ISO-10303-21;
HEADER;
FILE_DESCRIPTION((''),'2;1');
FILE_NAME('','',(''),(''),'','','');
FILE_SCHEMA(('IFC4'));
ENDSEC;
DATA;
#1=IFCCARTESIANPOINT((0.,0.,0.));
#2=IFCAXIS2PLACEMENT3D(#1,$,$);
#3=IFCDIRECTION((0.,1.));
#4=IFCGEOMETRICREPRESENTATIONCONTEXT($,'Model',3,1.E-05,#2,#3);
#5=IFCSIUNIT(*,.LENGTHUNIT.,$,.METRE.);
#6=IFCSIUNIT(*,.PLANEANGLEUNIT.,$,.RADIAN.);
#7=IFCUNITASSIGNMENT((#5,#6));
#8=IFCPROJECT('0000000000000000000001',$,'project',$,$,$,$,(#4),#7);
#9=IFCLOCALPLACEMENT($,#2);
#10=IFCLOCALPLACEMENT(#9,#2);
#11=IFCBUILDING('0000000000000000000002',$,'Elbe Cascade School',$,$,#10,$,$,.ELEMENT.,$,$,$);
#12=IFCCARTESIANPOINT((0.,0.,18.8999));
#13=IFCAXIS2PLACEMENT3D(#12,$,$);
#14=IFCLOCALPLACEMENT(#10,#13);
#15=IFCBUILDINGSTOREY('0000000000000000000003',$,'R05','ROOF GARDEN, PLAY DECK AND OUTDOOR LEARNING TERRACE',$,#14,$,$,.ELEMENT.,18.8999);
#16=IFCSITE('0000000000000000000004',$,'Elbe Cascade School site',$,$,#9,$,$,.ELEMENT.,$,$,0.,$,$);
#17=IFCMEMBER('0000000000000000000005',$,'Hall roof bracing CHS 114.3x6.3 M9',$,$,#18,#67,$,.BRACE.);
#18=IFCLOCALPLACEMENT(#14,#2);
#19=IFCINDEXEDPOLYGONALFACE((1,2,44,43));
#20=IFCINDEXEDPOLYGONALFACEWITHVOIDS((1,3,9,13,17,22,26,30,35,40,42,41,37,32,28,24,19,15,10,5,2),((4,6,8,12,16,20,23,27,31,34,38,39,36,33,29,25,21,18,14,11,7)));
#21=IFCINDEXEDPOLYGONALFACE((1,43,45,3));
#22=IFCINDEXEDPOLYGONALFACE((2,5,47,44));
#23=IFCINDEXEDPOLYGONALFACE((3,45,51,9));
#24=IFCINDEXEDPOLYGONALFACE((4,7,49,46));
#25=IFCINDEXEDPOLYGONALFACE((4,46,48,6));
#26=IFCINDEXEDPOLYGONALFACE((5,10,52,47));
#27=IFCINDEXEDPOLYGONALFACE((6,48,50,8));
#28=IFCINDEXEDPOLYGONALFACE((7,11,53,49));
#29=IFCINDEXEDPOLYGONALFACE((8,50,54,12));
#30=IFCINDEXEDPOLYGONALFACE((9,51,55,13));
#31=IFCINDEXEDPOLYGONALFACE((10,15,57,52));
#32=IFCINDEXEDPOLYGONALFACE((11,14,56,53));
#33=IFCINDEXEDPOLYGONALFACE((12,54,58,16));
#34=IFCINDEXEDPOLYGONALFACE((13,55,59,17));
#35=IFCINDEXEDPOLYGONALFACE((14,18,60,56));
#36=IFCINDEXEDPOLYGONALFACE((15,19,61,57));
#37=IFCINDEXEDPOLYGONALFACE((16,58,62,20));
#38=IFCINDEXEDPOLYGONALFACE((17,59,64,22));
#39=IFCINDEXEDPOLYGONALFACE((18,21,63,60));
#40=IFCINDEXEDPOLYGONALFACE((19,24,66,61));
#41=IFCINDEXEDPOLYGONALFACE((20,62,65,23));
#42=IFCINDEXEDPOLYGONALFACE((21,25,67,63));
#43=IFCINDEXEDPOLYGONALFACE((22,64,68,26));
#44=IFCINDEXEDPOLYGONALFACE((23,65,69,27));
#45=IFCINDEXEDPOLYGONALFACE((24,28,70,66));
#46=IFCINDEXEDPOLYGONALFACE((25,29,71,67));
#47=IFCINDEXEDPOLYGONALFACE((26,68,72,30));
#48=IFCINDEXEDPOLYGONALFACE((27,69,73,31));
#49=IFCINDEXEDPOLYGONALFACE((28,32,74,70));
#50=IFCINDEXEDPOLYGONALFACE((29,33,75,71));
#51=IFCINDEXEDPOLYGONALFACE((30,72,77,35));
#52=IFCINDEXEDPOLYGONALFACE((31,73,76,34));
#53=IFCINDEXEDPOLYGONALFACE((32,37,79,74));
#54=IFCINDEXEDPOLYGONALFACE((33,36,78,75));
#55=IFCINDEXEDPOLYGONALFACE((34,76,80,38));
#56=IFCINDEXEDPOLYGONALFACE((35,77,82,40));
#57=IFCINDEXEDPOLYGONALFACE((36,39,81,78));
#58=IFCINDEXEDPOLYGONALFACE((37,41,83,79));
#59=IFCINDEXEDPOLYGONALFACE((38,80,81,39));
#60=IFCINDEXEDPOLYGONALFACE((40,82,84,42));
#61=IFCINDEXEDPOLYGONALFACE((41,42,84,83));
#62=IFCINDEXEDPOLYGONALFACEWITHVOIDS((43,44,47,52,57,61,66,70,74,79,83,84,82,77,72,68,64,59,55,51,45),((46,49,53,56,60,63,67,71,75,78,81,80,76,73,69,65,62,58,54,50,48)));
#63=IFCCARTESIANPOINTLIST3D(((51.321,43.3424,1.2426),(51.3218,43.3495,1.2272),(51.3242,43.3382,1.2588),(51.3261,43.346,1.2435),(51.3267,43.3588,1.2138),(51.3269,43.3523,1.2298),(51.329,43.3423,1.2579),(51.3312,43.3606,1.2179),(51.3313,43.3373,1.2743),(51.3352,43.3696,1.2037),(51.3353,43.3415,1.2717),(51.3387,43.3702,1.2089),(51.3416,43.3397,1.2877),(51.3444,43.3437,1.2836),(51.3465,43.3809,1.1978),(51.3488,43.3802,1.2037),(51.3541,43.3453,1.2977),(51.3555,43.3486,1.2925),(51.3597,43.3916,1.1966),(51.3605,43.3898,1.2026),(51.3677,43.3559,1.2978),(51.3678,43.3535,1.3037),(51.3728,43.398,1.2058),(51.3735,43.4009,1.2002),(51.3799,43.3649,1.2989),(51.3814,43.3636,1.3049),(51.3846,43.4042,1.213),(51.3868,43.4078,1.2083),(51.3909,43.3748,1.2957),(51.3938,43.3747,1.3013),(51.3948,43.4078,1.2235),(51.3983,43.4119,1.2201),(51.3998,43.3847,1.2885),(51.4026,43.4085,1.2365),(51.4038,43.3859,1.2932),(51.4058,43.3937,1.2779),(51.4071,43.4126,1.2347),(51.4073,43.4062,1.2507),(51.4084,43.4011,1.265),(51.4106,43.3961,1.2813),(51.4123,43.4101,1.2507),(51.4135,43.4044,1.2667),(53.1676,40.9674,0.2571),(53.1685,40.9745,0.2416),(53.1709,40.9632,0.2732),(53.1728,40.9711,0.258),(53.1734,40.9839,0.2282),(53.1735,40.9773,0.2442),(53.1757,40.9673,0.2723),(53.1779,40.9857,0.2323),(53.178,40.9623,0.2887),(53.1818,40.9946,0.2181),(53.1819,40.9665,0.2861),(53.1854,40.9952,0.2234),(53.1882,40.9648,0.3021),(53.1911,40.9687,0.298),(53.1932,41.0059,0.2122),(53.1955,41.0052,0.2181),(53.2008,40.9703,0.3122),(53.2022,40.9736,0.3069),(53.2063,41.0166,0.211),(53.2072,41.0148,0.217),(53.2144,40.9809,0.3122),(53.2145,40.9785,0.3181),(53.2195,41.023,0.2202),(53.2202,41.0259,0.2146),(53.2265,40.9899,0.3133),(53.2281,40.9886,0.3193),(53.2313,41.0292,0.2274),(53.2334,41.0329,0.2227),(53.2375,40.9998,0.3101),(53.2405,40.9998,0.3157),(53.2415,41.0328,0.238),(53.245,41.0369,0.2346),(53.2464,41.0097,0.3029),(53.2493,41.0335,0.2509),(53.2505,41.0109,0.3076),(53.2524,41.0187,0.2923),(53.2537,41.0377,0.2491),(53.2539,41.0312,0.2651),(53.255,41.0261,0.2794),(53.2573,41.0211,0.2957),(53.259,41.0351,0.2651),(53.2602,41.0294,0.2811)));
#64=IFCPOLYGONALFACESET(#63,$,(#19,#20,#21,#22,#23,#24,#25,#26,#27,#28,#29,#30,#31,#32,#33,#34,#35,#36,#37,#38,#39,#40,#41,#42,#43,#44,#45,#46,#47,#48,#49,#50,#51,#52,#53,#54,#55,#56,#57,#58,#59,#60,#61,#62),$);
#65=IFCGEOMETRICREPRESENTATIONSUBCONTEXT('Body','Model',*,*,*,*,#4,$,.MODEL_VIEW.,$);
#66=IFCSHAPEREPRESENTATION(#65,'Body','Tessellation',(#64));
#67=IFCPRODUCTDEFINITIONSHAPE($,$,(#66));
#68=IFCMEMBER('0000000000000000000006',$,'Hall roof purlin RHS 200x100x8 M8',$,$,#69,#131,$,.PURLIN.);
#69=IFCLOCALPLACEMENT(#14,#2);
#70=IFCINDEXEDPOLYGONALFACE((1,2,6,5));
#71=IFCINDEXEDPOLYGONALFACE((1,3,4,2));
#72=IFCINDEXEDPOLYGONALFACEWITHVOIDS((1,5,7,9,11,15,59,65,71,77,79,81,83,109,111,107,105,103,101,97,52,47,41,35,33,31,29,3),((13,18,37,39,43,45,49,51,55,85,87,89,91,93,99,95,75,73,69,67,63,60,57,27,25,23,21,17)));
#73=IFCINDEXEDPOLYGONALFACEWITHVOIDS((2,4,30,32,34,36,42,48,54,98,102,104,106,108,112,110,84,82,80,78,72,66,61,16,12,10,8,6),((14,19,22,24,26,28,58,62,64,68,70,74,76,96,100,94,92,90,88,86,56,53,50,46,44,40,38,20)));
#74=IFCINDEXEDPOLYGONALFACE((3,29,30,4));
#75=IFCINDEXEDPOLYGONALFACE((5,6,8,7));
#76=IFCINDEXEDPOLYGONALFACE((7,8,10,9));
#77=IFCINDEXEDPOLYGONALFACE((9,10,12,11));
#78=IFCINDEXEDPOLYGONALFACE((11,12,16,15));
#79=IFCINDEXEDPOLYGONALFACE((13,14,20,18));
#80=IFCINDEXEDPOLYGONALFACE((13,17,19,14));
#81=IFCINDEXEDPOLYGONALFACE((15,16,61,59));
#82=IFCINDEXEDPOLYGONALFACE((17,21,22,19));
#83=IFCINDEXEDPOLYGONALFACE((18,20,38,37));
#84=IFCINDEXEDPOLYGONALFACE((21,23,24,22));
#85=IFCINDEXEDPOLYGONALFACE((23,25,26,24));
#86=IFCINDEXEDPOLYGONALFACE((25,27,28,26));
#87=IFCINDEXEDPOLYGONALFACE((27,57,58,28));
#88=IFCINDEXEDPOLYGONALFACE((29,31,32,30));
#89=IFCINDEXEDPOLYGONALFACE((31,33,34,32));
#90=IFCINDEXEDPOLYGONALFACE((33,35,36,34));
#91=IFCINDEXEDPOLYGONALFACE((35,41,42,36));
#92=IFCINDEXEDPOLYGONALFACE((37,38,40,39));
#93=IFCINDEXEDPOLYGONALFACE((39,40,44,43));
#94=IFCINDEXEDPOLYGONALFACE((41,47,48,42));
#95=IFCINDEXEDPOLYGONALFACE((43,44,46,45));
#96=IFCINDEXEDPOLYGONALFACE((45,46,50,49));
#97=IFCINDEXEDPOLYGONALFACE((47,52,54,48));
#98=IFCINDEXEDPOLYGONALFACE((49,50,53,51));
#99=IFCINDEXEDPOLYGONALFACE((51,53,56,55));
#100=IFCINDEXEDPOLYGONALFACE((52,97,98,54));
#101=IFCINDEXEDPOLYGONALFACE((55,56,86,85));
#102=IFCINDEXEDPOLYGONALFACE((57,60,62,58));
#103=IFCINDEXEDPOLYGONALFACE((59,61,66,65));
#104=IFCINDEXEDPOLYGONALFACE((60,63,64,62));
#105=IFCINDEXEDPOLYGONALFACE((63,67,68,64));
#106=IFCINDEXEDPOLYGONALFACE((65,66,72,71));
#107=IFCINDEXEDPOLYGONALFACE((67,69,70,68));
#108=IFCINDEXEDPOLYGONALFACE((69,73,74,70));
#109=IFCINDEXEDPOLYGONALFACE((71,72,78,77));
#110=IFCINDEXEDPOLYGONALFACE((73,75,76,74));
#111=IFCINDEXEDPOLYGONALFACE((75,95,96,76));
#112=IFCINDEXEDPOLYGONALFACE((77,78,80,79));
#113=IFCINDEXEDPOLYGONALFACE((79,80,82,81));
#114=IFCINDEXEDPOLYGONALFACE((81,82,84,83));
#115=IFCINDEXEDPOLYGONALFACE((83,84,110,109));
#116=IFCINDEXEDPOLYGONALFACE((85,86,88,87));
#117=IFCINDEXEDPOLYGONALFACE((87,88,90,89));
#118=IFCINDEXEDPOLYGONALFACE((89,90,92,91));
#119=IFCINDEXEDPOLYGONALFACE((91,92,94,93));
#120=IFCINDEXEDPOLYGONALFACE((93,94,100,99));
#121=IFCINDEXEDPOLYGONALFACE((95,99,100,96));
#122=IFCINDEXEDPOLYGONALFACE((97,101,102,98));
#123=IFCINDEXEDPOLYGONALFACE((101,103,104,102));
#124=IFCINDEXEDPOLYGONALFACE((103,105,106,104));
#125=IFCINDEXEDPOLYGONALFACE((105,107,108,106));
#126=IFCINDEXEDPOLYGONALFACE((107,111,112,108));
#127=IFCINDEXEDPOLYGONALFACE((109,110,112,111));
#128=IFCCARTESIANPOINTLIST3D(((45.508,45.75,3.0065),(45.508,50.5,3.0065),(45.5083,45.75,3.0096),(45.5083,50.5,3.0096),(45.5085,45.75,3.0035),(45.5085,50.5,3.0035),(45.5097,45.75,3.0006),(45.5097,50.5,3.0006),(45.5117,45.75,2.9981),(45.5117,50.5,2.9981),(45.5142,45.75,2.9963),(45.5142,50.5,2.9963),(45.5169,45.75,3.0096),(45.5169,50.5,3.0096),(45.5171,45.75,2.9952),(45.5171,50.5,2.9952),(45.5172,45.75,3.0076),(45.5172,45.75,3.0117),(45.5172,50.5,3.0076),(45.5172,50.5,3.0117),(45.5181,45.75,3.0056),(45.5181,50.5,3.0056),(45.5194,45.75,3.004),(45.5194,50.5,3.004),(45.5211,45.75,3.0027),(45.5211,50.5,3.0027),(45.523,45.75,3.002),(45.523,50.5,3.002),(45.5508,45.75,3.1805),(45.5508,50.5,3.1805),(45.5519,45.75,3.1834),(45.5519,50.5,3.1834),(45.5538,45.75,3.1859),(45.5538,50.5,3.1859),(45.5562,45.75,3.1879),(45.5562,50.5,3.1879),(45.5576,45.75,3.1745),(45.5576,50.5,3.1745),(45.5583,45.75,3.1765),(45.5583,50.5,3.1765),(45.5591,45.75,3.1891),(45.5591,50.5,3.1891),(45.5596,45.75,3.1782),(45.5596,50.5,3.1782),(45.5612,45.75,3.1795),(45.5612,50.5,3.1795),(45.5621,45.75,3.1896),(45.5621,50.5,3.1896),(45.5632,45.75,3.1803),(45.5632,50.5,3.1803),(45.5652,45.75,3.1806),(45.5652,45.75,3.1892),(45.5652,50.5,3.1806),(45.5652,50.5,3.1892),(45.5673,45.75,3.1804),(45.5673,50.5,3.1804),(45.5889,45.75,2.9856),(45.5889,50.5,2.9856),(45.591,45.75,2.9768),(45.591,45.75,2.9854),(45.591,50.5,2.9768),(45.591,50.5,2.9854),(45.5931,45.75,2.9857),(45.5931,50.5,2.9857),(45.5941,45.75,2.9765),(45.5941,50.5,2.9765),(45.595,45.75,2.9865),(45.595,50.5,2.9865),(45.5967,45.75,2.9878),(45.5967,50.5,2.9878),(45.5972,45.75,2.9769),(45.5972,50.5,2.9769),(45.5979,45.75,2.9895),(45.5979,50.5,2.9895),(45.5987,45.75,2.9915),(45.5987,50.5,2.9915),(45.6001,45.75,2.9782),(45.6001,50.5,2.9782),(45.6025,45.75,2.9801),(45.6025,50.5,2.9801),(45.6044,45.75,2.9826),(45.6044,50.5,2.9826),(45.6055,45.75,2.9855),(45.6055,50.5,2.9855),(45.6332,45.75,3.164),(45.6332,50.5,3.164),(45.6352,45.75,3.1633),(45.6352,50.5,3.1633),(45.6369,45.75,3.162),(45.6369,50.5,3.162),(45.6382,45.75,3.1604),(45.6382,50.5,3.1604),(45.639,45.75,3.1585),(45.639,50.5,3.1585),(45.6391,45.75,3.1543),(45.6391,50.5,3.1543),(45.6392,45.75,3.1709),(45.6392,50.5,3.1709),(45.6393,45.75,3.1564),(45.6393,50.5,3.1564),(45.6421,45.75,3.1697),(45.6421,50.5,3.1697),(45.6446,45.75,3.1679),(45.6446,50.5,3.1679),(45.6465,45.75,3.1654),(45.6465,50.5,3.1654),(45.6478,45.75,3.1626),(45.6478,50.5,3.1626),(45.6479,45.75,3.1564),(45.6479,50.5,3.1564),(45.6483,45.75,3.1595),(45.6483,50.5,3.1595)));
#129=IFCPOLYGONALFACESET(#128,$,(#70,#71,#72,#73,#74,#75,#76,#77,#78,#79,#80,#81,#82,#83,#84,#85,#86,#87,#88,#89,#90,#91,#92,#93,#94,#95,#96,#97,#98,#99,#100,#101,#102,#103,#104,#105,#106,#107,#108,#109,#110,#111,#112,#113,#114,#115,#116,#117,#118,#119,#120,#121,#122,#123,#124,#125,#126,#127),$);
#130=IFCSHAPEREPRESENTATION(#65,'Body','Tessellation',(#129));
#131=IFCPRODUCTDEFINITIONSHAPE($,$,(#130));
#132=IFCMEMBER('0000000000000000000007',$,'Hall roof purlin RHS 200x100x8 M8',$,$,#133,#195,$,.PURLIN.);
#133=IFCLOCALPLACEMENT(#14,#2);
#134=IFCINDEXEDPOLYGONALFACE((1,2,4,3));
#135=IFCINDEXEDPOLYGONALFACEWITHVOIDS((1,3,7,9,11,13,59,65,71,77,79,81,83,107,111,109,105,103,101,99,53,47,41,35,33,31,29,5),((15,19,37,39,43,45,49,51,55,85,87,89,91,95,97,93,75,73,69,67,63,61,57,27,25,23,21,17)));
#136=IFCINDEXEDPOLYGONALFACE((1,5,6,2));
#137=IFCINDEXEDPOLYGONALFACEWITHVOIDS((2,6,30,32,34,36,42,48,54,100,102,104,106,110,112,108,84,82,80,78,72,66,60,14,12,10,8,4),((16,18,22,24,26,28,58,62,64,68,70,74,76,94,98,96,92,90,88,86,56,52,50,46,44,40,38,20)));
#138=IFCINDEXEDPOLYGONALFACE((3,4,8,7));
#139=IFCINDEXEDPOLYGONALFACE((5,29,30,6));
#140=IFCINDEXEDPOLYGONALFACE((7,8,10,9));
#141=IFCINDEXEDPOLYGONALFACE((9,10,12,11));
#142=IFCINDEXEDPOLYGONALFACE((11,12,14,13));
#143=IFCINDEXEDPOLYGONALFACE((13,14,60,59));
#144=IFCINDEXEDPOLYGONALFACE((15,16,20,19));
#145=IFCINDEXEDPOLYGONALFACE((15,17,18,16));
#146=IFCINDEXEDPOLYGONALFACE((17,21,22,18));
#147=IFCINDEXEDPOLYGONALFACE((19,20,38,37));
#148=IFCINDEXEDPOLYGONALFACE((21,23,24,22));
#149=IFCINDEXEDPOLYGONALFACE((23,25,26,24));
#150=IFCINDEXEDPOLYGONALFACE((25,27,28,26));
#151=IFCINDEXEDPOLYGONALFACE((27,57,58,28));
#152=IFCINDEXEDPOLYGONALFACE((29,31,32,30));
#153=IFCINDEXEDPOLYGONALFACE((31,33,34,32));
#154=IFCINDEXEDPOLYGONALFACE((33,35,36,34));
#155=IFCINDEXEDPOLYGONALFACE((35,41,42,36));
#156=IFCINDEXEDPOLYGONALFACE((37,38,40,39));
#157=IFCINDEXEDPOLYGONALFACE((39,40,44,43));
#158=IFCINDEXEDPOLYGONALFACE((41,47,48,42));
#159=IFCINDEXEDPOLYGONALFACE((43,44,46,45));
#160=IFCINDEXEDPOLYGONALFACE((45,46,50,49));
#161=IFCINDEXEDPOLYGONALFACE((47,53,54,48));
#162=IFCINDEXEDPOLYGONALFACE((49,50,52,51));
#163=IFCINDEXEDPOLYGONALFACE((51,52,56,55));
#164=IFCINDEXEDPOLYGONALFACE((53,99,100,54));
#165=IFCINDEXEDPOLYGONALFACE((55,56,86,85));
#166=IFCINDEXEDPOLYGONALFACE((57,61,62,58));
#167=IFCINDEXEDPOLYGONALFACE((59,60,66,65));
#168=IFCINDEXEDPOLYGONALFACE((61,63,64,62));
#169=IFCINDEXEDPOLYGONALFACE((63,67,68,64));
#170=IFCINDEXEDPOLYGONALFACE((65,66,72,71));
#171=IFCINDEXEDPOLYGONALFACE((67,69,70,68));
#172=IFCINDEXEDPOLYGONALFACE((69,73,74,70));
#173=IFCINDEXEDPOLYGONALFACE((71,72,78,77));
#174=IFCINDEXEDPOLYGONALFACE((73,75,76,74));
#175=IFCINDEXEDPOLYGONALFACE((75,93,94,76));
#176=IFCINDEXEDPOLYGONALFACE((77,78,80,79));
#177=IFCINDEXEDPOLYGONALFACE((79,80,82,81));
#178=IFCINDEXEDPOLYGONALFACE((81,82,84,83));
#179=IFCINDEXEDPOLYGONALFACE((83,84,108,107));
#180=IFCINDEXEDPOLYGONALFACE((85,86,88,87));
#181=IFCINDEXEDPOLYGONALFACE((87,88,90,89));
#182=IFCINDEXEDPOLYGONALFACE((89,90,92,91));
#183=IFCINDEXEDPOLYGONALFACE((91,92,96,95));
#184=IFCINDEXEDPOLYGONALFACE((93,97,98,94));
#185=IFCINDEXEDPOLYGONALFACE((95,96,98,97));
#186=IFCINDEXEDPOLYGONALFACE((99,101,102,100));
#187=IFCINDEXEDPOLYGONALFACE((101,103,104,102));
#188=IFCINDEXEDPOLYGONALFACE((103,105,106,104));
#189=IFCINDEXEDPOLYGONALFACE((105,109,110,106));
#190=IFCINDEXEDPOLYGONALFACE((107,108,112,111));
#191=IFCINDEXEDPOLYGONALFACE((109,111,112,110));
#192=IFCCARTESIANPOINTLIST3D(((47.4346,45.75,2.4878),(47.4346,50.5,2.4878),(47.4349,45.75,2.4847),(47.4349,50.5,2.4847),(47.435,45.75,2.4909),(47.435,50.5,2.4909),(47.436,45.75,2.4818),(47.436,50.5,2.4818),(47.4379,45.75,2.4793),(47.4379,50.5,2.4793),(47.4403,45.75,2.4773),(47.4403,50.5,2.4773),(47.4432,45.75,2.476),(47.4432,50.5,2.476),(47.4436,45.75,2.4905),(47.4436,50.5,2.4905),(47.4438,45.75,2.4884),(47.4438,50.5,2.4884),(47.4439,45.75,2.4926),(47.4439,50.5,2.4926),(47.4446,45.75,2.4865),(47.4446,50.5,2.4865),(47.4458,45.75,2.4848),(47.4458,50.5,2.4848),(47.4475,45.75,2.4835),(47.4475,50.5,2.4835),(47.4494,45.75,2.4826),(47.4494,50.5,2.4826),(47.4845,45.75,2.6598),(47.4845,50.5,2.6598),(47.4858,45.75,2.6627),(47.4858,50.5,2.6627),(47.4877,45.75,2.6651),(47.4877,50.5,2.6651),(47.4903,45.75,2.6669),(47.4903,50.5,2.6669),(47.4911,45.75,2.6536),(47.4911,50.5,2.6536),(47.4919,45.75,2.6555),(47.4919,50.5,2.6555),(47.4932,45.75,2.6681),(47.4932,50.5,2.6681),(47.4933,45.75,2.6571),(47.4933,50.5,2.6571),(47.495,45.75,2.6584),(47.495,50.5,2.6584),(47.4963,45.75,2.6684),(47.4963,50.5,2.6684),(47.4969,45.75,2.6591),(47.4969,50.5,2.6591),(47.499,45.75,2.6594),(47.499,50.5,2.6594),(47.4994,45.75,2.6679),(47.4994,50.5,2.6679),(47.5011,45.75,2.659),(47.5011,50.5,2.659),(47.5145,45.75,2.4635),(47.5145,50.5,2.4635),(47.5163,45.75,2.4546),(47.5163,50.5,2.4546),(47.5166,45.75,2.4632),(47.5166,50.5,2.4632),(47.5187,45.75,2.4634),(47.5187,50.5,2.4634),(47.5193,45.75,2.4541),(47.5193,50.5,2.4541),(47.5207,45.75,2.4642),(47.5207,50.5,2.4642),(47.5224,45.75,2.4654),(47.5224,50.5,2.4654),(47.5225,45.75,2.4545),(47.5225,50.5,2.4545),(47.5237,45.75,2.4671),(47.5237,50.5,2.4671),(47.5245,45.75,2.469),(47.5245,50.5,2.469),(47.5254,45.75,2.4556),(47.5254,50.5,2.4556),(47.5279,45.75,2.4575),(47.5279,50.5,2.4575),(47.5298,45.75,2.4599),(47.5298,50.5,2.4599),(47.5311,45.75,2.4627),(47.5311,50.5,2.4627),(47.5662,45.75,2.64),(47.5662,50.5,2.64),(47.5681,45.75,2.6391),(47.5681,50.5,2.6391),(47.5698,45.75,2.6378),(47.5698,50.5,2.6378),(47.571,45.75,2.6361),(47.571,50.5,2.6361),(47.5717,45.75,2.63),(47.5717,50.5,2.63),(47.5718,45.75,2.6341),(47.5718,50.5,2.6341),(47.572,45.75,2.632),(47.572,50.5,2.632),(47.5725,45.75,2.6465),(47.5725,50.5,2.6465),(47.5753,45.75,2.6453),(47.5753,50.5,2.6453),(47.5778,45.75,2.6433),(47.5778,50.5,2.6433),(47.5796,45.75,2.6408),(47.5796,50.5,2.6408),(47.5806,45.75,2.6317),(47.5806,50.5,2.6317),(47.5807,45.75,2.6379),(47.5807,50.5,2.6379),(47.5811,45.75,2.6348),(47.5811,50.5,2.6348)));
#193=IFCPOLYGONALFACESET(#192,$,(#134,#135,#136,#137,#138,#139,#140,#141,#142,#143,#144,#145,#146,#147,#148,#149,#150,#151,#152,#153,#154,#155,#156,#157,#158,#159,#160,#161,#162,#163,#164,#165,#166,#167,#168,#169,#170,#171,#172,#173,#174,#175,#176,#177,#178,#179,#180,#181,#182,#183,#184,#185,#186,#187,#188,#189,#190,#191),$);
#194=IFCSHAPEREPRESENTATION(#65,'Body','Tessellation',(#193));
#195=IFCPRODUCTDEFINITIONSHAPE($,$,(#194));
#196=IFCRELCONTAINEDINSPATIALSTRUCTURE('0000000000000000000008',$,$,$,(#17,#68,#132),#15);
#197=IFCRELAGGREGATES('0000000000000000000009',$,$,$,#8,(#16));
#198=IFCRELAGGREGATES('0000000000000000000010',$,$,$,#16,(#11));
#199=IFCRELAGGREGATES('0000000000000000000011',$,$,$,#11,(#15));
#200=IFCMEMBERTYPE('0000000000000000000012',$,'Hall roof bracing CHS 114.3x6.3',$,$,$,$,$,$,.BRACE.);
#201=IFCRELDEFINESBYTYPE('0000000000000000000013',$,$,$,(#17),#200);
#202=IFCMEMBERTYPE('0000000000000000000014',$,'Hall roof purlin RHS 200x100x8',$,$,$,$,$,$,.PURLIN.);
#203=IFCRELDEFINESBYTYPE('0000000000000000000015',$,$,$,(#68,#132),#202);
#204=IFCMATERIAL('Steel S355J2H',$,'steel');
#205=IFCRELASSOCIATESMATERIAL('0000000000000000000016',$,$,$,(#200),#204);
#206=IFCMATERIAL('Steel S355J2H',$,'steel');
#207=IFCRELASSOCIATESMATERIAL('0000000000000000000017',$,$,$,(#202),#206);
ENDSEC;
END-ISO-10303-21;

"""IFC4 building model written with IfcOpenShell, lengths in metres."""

from ifc_helpers import new_model, si_unit, direction, frame, origin, origin_2d, place, context, subcontext, project, spatial, hollow_rectangle, hollow_circle, extrude, material, material_profile, profile_set, type_object, element, save


model = new_model("IFC4")

# Units and contexts
model_context = context("Model", 3, precision=1e-05, world=origin(), true_north=direction((0.0, 1.0)))
body_context = subcontext(model_context, "Body", "Model", "MODEL_VIEW")
ifc_project = project(units=[si_unit("LENGTHUNIT", "METRE"), si_unit("PLANEANGLEUNIT", "RADIAN")], contexts=[model_context])

# Site, building, storey
site_placement = place(None, origin())
site = spatial("IfcSite", under=ifc_project, at=site_placement, Name="Elbe Cascade School site", CompositionType="ELEMENT", RefElevation=0.0)
building_placement = place(site_placement, origin())
building = spatial("IfcBuilding", under=site, at=building_placement, Name="Elbe Cascade School", CompositionType="ELEMENT")
storey_placement = place(building_placement, frame((0.0, 0.0, 18.8999)))
storey = spatial("IfcBuildingStorey", under=building, at=storey_placement, Name="R05", Description="ROOF GARDEN, PLAY DECK AND OUTDOOR LEARNING TERRACE", CompositionType="ELEMENT", Elevation=18.8999)

# Members
ifc_material_1 = material(Name="Steel S355J2H", Category="steel")
ifc_material_profile_1 = material_profile(ifc_material_1, hollow_circle(Radius=0.0571, WallThickness=0.0063, at=origin_2d()), Name="CHS 114.3x6.3")
ifc_profile_set_1 = profile_set([ifc_material_profile_1], Name="Steel S355J2H")
member_type_1 = type_object("IfcMemberType", Name="Hall roof bracing CHS 114.3x6.3", PredefinedType="BRACE", material=ifc_profile_set_1)
member_1_placement = place(storey_placement, frame((51.3672, 43.375, 1.2507), z_axis=(0.583323, -0.750207, -0.311327), x_axis=(0.78944, 0.613828, 0.0)))
element("IfcMember", 1, at=member_1_placement, inside=storey, type_object=member_type_1, Name="Hall roof bracing CHS 114.3x6.3 M9", PredefinedType="BRACE", context=body_context, shape_type="SweptSolid", body=[
    extrude(hollow_circle(Radius=0.0571, WallThickness=0.0063, at=origin_2d()), origin(), (0.0, 0.0, 1.0), 3.1658),
])
ifc_material_2 = material(Name="Steel S355J2H", Category="steel")
ifc_material_profile_2 = material_profile(ifc_material_2, hollow_rectangle(XDim=0.1001, YDim=0.2, WallThickness=0.0081, InnerFilletRadius=0.0081, OuterFilletRadius=0.012, at=origin_2d()), Name="RHS 200x100x8")
ifc_profile_set_2 = profile_set([ifc_material_profile_2], Name="Steel S355J2H")
member_type_2 = type_object("IfcMemberType", Name="Hall roof purlin RHS 200x100x8", PredefinedType="PURLIN", material=ifc_profile_set_2)
for number, where, z_axis, x_axis, name in (
    (2, (45.5781, 45.75, 3.083), (0.0, 1.0, 0.0), (-0.970543, 0.0, 0.240927), "Hall roof purlin RHS 200x100x8 M8"),
    (3, (47.5078, 45.75, 2.5613), (0.0, 1.0, 0.0), (-0.959684, 0.0, 0.281081), "Hall roof purlin RHS 200x100x8 M8"),
):
    element("IfcMember", number, at=place(storey_placement, frame(where, z_axis=z_axis, x_axis=x_axis)), inside=storey, type_object=member_type_2, Name=name, PredefinedType="PURLIN", context=body_context, shape_type="SweptSolid", body=[
        extrude(hollow_rectangle(XDim=0.1001, YDim=0.2, WallThickness=0.0081, InnerFilletRadius=0.0081, OuterFilletRadius=0.012, at=origin_2d()), origin(), (0.0, 0.0, 1.0), 4.75),
    ])

save(model, "model.ifc")
